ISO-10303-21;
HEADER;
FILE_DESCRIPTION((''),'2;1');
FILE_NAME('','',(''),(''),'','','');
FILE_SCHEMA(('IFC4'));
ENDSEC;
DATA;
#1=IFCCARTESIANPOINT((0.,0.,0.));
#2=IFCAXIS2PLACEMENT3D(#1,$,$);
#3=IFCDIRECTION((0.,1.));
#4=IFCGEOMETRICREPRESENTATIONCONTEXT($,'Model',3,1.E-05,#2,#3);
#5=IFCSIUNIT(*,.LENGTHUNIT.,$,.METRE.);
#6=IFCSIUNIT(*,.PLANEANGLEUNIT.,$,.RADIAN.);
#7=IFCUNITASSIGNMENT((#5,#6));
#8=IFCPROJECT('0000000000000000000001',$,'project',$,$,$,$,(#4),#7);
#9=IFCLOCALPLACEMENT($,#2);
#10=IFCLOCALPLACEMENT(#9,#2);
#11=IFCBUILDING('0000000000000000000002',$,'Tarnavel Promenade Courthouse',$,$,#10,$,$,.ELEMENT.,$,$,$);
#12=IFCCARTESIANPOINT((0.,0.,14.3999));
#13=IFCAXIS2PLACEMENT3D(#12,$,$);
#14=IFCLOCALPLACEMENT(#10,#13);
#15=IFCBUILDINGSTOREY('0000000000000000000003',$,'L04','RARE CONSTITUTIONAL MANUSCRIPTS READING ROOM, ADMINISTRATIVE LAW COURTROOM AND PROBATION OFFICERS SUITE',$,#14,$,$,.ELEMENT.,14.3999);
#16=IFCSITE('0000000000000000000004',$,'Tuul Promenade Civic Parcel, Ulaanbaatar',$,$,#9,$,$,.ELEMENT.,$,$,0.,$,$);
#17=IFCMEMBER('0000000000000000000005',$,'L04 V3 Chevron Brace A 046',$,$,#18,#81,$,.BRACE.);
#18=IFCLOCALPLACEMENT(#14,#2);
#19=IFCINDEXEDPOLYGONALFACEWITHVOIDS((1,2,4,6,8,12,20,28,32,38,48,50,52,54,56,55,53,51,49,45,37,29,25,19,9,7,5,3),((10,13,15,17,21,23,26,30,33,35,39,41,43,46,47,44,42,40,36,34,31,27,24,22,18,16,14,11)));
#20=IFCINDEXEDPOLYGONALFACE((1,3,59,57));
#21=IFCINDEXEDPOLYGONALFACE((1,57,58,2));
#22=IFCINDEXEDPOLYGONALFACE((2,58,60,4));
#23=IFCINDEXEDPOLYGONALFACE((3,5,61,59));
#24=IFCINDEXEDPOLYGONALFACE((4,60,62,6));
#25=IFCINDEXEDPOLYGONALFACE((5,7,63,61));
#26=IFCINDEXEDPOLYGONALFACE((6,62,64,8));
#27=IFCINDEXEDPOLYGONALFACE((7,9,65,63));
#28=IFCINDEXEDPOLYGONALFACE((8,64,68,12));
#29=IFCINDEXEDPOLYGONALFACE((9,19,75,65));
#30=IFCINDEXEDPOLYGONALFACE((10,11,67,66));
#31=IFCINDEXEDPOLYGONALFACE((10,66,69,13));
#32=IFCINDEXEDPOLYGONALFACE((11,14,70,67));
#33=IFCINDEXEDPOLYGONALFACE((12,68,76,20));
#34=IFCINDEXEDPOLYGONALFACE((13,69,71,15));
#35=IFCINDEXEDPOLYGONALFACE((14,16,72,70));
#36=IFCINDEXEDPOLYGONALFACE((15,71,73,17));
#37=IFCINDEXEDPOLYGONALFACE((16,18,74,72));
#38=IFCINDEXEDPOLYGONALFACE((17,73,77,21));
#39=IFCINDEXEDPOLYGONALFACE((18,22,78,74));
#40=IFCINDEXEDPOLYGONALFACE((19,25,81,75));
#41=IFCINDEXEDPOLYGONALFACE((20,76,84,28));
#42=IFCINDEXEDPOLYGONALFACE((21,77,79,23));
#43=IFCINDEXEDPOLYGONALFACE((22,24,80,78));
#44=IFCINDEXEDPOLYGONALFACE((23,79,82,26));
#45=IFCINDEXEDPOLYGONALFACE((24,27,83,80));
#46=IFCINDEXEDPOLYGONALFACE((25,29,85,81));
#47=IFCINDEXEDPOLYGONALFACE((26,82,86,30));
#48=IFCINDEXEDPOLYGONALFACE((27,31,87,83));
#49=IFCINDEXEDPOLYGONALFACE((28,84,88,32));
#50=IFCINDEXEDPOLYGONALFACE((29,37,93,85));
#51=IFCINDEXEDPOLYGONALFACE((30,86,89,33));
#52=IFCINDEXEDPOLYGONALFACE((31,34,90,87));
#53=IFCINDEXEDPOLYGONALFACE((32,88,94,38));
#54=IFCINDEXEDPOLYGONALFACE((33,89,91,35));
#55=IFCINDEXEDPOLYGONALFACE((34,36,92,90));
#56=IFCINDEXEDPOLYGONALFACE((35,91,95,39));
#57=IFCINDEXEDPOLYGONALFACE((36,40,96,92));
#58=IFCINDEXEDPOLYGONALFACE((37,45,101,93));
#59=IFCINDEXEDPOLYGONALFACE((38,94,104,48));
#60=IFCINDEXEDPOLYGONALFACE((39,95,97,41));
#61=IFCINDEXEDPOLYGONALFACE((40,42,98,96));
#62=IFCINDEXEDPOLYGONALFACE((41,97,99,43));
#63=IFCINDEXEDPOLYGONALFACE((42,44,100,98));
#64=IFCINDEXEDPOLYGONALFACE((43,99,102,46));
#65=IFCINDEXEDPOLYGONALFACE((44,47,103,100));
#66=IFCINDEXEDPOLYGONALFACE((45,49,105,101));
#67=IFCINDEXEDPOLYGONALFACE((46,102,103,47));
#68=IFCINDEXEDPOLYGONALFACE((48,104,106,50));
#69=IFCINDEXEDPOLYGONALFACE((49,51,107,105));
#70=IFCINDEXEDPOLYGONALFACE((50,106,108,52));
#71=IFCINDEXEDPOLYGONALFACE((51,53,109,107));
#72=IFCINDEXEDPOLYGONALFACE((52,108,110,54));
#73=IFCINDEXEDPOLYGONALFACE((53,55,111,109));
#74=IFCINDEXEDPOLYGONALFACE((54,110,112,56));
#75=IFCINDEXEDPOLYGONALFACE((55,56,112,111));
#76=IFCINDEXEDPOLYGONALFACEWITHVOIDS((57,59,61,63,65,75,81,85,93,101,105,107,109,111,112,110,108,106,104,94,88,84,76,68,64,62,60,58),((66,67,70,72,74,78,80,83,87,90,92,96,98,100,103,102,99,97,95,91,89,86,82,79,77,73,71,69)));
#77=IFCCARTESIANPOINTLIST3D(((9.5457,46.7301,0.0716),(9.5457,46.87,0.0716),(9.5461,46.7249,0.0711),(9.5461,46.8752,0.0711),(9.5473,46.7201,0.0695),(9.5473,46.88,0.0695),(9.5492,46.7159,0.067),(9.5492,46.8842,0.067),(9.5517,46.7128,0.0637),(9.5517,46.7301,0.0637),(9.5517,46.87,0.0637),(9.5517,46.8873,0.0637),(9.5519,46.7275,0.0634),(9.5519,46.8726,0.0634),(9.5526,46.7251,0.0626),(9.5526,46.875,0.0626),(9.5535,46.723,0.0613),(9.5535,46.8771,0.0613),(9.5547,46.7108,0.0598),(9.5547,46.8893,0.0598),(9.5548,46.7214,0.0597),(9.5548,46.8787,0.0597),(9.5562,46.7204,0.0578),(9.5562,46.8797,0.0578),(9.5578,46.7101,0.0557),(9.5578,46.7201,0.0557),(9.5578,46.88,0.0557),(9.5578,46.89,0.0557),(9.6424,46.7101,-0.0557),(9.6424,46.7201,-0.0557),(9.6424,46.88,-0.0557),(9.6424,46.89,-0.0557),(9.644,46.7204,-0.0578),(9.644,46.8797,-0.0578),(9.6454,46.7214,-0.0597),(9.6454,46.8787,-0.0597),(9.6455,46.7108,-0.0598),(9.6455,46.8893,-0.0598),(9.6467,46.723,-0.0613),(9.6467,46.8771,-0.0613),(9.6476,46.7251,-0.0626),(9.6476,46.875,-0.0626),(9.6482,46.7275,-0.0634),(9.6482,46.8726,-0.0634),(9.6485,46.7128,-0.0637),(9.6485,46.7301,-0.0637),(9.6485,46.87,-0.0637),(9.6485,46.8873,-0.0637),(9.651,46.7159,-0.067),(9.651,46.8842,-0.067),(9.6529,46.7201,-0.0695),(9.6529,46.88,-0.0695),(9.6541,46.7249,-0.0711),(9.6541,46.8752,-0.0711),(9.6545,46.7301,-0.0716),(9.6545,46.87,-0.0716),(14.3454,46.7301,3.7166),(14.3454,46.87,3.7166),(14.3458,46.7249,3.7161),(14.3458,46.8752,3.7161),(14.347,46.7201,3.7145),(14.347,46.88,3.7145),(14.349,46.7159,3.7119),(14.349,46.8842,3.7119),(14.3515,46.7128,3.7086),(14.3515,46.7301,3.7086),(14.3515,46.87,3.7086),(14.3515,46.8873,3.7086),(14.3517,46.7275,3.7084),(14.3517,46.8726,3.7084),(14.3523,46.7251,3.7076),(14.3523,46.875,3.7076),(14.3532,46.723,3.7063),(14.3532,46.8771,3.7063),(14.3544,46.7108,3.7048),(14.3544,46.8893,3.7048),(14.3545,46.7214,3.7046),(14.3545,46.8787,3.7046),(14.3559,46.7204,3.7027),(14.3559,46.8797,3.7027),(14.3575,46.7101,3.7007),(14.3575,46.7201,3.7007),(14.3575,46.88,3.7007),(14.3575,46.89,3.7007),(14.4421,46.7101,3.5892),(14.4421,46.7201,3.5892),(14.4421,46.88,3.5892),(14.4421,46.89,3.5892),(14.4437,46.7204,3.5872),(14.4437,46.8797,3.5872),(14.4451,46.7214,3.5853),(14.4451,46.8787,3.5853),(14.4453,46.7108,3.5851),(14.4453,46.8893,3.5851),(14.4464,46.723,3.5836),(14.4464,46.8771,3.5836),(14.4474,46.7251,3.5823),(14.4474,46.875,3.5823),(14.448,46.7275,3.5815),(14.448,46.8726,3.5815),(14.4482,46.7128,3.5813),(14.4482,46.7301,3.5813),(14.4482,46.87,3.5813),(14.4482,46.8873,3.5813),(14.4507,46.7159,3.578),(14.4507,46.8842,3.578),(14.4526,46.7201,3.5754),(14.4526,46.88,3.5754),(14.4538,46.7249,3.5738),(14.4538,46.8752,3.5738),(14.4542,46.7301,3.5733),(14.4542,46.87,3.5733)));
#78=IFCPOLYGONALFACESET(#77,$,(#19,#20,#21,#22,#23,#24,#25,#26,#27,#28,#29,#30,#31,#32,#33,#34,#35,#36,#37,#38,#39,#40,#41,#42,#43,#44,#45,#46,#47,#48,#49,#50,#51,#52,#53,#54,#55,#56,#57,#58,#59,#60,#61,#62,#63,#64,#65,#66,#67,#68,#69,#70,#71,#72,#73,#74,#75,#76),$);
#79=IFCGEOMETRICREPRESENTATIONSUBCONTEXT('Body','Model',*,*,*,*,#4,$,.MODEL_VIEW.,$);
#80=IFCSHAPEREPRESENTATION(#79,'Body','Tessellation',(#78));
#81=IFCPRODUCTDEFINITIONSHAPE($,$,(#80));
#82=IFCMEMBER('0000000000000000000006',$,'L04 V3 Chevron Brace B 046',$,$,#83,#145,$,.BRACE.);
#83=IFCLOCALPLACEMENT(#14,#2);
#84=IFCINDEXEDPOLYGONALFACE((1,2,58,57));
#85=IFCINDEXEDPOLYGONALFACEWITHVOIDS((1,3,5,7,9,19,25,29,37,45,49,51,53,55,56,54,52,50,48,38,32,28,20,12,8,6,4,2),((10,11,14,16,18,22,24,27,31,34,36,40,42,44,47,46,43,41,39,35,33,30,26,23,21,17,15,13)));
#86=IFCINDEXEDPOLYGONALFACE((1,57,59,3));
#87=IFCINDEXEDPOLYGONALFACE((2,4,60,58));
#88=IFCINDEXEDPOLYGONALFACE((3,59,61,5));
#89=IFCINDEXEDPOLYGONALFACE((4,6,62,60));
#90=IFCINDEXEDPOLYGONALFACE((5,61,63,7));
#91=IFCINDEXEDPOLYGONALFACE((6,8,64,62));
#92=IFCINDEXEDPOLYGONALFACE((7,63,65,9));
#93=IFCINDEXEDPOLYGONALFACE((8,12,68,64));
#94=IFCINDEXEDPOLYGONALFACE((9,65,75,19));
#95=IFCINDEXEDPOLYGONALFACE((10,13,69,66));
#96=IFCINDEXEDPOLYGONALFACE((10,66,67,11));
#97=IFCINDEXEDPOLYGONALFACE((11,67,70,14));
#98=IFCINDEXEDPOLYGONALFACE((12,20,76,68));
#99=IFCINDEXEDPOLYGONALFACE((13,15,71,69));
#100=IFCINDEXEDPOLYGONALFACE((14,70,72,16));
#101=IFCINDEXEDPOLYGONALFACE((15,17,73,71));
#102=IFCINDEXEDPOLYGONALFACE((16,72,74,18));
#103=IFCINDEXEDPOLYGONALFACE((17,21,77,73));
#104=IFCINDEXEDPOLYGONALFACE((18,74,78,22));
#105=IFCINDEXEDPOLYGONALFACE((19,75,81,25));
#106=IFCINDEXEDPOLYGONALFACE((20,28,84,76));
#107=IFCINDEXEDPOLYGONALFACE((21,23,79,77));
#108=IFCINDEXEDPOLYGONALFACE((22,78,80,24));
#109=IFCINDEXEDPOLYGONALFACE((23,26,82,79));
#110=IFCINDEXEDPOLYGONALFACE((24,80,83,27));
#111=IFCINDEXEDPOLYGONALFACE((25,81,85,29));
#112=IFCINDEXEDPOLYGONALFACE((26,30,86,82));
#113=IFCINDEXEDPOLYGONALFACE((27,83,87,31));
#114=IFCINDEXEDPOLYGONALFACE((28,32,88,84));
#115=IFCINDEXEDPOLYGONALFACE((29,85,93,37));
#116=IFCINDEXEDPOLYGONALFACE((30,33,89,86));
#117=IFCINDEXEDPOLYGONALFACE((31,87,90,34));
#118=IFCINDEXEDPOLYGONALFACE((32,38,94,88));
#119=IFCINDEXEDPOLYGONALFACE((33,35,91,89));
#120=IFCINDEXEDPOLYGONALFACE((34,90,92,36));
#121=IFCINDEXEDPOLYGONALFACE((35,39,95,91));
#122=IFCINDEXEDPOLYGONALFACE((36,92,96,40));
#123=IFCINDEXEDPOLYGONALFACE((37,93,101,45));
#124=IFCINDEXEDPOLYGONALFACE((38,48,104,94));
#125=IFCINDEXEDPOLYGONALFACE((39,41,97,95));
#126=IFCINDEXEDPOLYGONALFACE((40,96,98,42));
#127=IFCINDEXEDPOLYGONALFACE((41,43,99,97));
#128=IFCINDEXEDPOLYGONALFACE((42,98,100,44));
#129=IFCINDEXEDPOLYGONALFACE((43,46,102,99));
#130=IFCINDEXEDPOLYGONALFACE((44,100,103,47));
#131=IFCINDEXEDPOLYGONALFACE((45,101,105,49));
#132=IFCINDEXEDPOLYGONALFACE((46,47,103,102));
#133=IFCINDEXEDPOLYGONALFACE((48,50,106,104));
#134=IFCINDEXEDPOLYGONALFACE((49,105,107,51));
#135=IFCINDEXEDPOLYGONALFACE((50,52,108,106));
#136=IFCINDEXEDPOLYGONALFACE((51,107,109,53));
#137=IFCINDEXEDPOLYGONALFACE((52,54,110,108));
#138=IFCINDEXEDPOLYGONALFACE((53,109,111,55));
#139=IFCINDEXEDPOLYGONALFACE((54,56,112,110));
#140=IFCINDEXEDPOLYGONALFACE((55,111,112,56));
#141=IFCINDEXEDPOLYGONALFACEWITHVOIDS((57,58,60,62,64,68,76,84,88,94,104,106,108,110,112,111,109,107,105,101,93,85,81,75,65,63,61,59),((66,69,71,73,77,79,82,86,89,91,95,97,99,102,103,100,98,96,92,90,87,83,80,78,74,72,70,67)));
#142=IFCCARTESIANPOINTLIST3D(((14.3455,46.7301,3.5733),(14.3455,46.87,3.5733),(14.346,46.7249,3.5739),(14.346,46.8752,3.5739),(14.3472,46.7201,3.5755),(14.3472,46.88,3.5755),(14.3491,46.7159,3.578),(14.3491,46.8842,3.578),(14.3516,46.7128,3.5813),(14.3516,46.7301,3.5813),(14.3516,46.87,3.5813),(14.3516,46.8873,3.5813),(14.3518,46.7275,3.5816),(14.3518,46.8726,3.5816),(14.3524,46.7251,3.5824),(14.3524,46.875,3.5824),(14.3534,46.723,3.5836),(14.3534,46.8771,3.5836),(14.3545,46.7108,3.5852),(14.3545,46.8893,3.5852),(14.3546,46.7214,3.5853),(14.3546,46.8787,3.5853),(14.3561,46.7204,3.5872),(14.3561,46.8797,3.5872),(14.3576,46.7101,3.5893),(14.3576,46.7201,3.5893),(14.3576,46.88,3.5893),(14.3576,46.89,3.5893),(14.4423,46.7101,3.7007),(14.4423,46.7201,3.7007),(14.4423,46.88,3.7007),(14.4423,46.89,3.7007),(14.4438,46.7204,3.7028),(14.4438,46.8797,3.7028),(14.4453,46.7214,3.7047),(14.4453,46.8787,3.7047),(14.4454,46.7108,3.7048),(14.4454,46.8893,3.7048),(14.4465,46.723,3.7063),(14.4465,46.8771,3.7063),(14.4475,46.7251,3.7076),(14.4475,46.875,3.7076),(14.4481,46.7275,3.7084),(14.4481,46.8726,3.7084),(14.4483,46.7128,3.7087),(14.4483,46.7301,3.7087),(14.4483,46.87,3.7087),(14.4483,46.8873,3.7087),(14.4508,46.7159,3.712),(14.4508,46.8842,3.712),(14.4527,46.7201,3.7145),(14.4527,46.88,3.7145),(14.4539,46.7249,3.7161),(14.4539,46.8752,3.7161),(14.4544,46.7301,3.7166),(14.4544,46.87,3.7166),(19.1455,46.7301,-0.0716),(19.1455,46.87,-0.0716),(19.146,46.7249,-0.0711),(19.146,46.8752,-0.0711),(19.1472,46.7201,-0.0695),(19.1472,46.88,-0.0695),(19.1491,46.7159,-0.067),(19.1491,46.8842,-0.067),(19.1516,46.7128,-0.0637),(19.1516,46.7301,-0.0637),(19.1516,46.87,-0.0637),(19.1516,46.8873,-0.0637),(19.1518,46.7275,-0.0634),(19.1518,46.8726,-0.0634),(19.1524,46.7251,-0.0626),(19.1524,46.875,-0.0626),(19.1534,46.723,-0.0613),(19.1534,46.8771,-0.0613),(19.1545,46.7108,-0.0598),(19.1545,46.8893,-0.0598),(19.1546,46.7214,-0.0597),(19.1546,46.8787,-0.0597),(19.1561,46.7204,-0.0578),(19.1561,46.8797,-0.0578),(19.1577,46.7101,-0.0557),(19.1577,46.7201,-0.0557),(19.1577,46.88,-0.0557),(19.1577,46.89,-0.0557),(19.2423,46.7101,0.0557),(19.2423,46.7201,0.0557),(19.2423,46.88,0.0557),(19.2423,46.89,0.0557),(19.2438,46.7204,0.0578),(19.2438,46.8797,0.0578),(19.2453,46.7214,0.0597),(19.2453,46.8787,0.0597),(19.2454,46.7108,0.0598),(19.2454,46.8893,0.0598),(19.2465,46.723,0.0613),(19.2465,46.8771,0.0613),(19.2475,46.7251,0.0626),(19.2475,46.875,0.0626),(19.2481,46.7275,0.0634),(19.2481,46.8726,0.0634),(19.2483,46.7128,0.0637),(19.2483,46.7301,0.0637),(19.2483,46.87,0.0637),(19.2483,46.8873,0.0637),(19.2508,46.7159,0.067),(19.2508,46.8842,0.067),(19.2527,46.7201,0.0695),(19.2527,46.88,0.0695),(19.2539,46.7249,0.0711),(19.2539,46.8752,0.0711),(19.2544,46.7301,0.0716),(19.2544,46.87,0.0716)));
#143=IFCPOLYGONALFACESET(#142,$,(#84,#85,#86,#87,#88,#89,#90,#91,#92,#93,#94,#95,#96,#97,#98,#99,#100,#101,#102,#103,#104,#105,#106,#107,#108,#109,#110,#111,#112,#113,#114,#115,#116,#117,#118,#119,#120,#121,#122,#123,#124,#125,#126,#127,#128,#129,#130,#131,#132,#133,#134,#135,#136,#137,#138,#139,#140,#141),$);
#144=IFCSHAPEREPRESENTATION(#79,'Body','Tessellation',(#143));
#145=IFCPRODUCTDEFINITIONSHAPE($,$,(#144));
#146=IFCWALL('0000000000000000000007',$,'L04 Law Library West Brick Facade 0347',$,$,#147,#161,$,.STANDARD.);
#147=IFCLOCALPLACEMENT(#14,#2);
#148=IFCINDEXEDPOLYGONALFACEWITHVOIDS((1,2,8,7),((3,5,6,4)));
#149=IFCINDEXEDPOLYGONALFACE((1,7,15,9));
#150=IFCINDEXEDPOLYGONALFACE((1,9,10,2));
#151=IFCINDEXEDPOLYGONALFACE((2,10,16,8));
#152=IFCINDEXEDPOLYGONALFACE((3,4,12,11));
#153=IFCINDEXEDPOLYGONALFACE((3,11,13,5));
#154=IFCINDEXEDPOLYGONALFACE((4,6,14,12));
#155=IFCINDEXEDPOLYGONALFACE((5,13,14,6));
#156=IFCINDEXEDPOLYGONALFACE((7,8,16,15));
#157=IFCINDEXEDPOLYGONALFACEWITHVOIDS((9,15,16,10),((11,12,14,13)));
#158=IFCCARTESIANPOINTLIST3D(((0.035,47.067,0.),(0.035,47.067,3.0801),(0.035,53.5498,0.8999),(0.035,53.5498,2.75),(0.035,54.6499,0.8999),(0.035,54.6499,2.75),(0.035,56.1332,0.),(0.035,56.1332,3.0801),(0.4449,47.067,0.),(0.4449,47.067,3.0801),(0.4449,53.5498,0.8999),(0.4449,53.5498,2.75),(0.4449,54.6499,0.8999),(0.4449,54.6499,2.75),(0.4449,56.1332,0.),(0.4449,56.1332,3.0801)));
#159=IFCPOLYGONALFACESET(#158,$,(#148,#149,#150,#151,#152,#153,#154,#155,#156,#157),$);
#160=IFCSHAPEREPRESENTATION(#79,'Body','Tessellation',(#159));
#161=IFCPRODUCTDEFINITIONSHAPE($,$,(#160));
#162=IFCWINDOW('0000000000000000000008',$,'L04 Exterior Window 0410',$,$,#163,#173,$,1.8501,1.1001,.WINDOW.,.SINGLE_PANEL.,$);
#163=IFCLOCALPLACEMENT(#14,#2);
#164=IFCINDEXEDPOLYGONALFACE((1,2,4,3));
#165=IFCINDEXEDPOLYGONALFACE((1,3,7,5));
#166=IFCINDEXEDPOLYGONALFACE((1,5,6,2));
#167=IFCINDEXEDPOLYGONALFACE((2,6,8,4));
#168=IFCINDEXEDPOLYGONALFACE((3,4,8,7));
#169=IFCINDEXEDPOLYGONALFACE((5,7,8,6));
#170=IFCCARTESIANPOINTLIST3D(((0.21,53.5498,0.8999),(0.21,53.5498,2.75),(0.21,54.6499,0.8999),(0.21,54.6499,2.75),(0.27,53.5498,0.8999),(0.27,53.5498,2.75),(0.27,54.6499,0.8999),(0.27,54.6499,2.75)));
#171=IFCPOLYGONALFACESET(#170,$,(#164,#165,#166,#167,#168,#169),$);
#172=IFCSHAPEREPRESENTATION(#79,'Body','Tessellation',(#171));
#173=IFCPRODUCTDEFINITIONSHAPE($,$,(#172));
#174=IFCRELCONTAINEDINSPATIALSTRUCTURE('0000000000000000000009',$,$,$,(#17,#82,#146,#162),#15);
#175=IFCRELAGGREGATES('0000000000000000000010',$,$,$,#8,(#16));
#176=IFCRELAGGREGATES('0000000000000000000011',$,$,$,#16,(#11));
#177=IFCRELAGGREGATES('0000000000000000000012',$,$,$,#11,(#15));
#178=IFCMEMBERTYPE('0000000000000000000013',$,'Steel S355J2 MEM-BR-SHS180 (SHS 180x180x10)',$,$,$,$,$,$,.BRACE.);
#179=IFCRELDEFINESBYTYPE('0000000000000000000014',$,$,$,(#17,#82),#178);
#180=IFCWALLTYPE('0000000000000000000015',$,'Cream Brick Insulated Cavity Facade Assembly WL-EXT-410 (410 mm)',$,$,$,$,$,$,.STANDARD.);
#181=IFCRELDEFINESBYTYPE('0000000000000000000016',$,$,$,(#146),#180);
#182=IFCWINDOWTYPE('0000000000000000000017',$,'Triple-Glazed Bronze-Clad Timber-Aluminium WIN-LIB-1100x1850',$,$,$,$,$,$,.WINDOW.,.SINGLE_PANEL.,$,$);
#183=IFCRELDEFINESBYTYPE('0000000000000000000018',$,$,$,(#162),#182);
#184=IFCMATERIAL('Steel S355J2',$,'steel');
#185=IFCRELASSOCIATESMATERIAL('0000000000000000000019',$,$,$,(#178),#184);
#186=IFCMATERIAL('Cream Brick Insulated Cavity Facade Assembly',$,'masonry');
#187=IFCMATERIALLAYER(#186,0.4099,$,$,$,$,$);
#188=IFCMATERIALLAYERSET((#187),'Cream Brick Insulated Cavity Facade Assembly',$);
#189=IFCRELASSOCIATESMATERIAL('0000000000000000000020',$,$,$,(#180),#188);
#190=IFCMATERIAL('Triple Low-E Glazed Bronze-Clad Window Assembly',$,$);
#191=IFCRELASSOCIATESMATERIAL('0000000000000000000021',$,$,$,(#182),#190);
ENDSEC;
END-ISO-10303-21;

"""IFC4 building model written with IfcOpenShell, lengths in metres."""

from ifc_helpers import new_model, si_unit, direction, frame, frame_2d, origin, origin_2d, place, context, subcontext, project, spatial, rectangle, hollow_rectangle, extrude, material, layer, layer_set, material_profile, profile_set, type_object, element, fill, save


model = new_model("IFC4")

# Units and contexts
model_context = context("Model", 3, precision=1e-05, world=origin(), true_north=direction((0.0, 1.0)))
body_context = subcontext(model_context, "Body", "Model", "MODEL_VIEW")
ifc_project = project(units=[si_unit("LENGTHUNIT", "METRE"), si_unit("PLANEANGLEUNIT", "RADIAN")], contexts=[model_context])

# Site, building, storey
site_placement = place(None, origin())
site = spatial("IfcSite", under=ifc_project, at=site_placement, Name="Tuul Promenade Civic Parcel, Ulaanbaatar", CompositionType="ELEMENT", RefElevation=0.0)
building_placement = place(site_placement, origin())
building = spatial("IfcBuilding", under=site, at=building_placement, Name="Tarnavel Promenade Courthouse", CompositionType="ELEMENT")
storey_placement = place(building_placement, frame((0.0, 0.0, 14.3999)))
storey = spatial("IfcBuildingStorey", under=building, at=storey_placement, Name="L04", Description="RARE CONSTITUTIONAL MANUSCRIPTS READING ROOM, ADMINISTRATIVE LAW COURTROOM AND PROBATION OFFICERS SUITE", CompositionType="ELEMENT", Elevation=14.3999)

# Members
ifc_material_1 = material(Name="Steel S355J2", Category="steel")
ifc_material_profile_1 = material_profile(ifc_material_1, hollow_rectangle(XDim=0.1799, YDim=0.1799, WallThickness=0.01, InnerFilletRadius=0.01, OuterFilletRadius=0.02, at=origin_2d()), Name="SHS 180x180x10")
ifc_profile_set_1 = profile_set([ifc_material_profile_1], Name="Steel S355J2")
member_type = type_object("IfcMemberType", Name="Steel S355J2 MEM-BR-SHS180 (SHS 180x180x10)", PredefinedType="BRACE", material=ifc_profile_set_1)
member_1_placement = place(storey_placement, frame((9.6001, 46.8, 0.0), z_axis=(0.796389, 0.0, 0.604785), x_axis=(0.0, 1.0, 0.0)))
element("IfcMember", 1, at=member_1_placement, inside=storey, type_object=member_type, Name="L04 V3 Chevron Brace A 046", PredefinedType="BRACE", context=body_context, shape_type="SweptSolid", body=[
    extrude(hollow_rectangle(XDim=0.1799, YDim=0.1799, WallThickness=0.01, InnerFilletRadius=0.01, OuterFilletRadius=0.02, at=origin_2d()), origin(), (0.0, 0.0, 1.0), 6.0269),
])
member_2_placement = place(storey_placement, frame((19.2, 46.8, 0.0), z_axis=(-0.796403, 0.0, 0.604766), x_axis=(0.0, -1.0, 0.0)))
element("IfcMember", 2, at=member_2_placement, inside=storey, type_object=member_type, Name="L04 V3 Chevron Brace B 046", PredefinedType="BRACE", context=body_context, shape_type="SweptSolid", body=[
    extrude(hollow_rectangle(XDim=0.1799, YDim=0.1799, WallThickness=0.01, InnerFilletRadius=0.01, OuterFilletRadius=0.02, at=origin_2d()), origin(), (0.0, 0.0, 1.0), 6.0271),
])

# Wall, opening, window
ifc_material_2 = material(Name="Cream Brick Insulated Cavity Facade Assembly", Category="masonry")
ifc_layer_1 = layer(ifc_material_2, 0.4099)
ifc_layer_set_1 = layer_set([ifc_layer_1], Name="Cream Brick Insulated Cavity Facade Assembly")
wall_type_1 = type_object("IfcWallType", Name="Cream Brick Insulated Cavity Facade Assembly WL-EXT-410 (410 mm)", PredefinedType="STANDARD", material=ifc_layer_set_1)
wall_1_placement = place(storey_placement, frame((0.24, 47.0669, 0.0), z_axis=(0.0, 0.0, 1.0), x_axis=(0.0, 1.0, 0.0)))
wall_1 = element("IfcWall", 3, at=wall_1_placement, inside=storey, type_object=wall_type_1, Name="L04 Law Library West Brick Facade 0347", PredefinedType="STANDARD", context=body_context, shape_type="SweptSolid", body=[
    extrude(rectangle(XDim=9.0662, YDim=0.4099, at=frame_2d((4.5332, 0.0))), origin(), (0.0, 0.0, 1.0), 3.0801),
])
opening_1_placement = place(wall_1_placement, frame((6.4829, 0.0, 0.8999)))
opening_1 = element("IfcOpeningElement", 4, at=opening_1_placement, cuts=wall_1, PredefinedType="OPENING", context=body_context, shape_type="SweptSolid", body=[
    extrude(rectangle(XDim=1.1001, YDim=1.8501, at=frame_2d((0.55, 0.925))), frame((0.0, 0.2148, 0.0), z_axis=(0.0, -1.0, 0.0), x_axis=(1.0, 0.0, 0.0)), (0.0, 0.0, 1.0), 0.4299),
])
ifc_material_3 = material(Name="Triple Low-E Glazed Bronze-Clad Window Assembly")
window_type = type_object("IfcWindowType", Name="Triple-Glazed Bronze-Clad Timber-Aluminium WIN-LIB-1100x1850", PartitioningType="SINGLE_PANEL", PredefinedType="WINDOW", material=ifc_material_3)
window_1_placement = place(opening_1_placement, origin())
window_1 = element("IfcWindow", 5, at=window_1_placement, inside=storey, type_object=window_type, Name="L04 Exterior Window 0410", OverallHeight=1.8501, OverallWidth=1.1001, PartitioningType="SINGLE_PANEL", PredefinedType="WINDOW", context=body_context, shape_type="SweptSolid", body=[
    extrude(rectangle(XDim=1.1001, YDim=1.8501, at=frame_2d((0.55, 0.925))), frame((0.0, 0.03, 0.0), z_axis=(0.0, -1.0, 0.0), x_axis=(1.0, 0.0, 0.0)), (0.0, 0.0, 1.0), 0.0601),
])
fill(opening_1, window_1)

save(model, "model.ifc")
